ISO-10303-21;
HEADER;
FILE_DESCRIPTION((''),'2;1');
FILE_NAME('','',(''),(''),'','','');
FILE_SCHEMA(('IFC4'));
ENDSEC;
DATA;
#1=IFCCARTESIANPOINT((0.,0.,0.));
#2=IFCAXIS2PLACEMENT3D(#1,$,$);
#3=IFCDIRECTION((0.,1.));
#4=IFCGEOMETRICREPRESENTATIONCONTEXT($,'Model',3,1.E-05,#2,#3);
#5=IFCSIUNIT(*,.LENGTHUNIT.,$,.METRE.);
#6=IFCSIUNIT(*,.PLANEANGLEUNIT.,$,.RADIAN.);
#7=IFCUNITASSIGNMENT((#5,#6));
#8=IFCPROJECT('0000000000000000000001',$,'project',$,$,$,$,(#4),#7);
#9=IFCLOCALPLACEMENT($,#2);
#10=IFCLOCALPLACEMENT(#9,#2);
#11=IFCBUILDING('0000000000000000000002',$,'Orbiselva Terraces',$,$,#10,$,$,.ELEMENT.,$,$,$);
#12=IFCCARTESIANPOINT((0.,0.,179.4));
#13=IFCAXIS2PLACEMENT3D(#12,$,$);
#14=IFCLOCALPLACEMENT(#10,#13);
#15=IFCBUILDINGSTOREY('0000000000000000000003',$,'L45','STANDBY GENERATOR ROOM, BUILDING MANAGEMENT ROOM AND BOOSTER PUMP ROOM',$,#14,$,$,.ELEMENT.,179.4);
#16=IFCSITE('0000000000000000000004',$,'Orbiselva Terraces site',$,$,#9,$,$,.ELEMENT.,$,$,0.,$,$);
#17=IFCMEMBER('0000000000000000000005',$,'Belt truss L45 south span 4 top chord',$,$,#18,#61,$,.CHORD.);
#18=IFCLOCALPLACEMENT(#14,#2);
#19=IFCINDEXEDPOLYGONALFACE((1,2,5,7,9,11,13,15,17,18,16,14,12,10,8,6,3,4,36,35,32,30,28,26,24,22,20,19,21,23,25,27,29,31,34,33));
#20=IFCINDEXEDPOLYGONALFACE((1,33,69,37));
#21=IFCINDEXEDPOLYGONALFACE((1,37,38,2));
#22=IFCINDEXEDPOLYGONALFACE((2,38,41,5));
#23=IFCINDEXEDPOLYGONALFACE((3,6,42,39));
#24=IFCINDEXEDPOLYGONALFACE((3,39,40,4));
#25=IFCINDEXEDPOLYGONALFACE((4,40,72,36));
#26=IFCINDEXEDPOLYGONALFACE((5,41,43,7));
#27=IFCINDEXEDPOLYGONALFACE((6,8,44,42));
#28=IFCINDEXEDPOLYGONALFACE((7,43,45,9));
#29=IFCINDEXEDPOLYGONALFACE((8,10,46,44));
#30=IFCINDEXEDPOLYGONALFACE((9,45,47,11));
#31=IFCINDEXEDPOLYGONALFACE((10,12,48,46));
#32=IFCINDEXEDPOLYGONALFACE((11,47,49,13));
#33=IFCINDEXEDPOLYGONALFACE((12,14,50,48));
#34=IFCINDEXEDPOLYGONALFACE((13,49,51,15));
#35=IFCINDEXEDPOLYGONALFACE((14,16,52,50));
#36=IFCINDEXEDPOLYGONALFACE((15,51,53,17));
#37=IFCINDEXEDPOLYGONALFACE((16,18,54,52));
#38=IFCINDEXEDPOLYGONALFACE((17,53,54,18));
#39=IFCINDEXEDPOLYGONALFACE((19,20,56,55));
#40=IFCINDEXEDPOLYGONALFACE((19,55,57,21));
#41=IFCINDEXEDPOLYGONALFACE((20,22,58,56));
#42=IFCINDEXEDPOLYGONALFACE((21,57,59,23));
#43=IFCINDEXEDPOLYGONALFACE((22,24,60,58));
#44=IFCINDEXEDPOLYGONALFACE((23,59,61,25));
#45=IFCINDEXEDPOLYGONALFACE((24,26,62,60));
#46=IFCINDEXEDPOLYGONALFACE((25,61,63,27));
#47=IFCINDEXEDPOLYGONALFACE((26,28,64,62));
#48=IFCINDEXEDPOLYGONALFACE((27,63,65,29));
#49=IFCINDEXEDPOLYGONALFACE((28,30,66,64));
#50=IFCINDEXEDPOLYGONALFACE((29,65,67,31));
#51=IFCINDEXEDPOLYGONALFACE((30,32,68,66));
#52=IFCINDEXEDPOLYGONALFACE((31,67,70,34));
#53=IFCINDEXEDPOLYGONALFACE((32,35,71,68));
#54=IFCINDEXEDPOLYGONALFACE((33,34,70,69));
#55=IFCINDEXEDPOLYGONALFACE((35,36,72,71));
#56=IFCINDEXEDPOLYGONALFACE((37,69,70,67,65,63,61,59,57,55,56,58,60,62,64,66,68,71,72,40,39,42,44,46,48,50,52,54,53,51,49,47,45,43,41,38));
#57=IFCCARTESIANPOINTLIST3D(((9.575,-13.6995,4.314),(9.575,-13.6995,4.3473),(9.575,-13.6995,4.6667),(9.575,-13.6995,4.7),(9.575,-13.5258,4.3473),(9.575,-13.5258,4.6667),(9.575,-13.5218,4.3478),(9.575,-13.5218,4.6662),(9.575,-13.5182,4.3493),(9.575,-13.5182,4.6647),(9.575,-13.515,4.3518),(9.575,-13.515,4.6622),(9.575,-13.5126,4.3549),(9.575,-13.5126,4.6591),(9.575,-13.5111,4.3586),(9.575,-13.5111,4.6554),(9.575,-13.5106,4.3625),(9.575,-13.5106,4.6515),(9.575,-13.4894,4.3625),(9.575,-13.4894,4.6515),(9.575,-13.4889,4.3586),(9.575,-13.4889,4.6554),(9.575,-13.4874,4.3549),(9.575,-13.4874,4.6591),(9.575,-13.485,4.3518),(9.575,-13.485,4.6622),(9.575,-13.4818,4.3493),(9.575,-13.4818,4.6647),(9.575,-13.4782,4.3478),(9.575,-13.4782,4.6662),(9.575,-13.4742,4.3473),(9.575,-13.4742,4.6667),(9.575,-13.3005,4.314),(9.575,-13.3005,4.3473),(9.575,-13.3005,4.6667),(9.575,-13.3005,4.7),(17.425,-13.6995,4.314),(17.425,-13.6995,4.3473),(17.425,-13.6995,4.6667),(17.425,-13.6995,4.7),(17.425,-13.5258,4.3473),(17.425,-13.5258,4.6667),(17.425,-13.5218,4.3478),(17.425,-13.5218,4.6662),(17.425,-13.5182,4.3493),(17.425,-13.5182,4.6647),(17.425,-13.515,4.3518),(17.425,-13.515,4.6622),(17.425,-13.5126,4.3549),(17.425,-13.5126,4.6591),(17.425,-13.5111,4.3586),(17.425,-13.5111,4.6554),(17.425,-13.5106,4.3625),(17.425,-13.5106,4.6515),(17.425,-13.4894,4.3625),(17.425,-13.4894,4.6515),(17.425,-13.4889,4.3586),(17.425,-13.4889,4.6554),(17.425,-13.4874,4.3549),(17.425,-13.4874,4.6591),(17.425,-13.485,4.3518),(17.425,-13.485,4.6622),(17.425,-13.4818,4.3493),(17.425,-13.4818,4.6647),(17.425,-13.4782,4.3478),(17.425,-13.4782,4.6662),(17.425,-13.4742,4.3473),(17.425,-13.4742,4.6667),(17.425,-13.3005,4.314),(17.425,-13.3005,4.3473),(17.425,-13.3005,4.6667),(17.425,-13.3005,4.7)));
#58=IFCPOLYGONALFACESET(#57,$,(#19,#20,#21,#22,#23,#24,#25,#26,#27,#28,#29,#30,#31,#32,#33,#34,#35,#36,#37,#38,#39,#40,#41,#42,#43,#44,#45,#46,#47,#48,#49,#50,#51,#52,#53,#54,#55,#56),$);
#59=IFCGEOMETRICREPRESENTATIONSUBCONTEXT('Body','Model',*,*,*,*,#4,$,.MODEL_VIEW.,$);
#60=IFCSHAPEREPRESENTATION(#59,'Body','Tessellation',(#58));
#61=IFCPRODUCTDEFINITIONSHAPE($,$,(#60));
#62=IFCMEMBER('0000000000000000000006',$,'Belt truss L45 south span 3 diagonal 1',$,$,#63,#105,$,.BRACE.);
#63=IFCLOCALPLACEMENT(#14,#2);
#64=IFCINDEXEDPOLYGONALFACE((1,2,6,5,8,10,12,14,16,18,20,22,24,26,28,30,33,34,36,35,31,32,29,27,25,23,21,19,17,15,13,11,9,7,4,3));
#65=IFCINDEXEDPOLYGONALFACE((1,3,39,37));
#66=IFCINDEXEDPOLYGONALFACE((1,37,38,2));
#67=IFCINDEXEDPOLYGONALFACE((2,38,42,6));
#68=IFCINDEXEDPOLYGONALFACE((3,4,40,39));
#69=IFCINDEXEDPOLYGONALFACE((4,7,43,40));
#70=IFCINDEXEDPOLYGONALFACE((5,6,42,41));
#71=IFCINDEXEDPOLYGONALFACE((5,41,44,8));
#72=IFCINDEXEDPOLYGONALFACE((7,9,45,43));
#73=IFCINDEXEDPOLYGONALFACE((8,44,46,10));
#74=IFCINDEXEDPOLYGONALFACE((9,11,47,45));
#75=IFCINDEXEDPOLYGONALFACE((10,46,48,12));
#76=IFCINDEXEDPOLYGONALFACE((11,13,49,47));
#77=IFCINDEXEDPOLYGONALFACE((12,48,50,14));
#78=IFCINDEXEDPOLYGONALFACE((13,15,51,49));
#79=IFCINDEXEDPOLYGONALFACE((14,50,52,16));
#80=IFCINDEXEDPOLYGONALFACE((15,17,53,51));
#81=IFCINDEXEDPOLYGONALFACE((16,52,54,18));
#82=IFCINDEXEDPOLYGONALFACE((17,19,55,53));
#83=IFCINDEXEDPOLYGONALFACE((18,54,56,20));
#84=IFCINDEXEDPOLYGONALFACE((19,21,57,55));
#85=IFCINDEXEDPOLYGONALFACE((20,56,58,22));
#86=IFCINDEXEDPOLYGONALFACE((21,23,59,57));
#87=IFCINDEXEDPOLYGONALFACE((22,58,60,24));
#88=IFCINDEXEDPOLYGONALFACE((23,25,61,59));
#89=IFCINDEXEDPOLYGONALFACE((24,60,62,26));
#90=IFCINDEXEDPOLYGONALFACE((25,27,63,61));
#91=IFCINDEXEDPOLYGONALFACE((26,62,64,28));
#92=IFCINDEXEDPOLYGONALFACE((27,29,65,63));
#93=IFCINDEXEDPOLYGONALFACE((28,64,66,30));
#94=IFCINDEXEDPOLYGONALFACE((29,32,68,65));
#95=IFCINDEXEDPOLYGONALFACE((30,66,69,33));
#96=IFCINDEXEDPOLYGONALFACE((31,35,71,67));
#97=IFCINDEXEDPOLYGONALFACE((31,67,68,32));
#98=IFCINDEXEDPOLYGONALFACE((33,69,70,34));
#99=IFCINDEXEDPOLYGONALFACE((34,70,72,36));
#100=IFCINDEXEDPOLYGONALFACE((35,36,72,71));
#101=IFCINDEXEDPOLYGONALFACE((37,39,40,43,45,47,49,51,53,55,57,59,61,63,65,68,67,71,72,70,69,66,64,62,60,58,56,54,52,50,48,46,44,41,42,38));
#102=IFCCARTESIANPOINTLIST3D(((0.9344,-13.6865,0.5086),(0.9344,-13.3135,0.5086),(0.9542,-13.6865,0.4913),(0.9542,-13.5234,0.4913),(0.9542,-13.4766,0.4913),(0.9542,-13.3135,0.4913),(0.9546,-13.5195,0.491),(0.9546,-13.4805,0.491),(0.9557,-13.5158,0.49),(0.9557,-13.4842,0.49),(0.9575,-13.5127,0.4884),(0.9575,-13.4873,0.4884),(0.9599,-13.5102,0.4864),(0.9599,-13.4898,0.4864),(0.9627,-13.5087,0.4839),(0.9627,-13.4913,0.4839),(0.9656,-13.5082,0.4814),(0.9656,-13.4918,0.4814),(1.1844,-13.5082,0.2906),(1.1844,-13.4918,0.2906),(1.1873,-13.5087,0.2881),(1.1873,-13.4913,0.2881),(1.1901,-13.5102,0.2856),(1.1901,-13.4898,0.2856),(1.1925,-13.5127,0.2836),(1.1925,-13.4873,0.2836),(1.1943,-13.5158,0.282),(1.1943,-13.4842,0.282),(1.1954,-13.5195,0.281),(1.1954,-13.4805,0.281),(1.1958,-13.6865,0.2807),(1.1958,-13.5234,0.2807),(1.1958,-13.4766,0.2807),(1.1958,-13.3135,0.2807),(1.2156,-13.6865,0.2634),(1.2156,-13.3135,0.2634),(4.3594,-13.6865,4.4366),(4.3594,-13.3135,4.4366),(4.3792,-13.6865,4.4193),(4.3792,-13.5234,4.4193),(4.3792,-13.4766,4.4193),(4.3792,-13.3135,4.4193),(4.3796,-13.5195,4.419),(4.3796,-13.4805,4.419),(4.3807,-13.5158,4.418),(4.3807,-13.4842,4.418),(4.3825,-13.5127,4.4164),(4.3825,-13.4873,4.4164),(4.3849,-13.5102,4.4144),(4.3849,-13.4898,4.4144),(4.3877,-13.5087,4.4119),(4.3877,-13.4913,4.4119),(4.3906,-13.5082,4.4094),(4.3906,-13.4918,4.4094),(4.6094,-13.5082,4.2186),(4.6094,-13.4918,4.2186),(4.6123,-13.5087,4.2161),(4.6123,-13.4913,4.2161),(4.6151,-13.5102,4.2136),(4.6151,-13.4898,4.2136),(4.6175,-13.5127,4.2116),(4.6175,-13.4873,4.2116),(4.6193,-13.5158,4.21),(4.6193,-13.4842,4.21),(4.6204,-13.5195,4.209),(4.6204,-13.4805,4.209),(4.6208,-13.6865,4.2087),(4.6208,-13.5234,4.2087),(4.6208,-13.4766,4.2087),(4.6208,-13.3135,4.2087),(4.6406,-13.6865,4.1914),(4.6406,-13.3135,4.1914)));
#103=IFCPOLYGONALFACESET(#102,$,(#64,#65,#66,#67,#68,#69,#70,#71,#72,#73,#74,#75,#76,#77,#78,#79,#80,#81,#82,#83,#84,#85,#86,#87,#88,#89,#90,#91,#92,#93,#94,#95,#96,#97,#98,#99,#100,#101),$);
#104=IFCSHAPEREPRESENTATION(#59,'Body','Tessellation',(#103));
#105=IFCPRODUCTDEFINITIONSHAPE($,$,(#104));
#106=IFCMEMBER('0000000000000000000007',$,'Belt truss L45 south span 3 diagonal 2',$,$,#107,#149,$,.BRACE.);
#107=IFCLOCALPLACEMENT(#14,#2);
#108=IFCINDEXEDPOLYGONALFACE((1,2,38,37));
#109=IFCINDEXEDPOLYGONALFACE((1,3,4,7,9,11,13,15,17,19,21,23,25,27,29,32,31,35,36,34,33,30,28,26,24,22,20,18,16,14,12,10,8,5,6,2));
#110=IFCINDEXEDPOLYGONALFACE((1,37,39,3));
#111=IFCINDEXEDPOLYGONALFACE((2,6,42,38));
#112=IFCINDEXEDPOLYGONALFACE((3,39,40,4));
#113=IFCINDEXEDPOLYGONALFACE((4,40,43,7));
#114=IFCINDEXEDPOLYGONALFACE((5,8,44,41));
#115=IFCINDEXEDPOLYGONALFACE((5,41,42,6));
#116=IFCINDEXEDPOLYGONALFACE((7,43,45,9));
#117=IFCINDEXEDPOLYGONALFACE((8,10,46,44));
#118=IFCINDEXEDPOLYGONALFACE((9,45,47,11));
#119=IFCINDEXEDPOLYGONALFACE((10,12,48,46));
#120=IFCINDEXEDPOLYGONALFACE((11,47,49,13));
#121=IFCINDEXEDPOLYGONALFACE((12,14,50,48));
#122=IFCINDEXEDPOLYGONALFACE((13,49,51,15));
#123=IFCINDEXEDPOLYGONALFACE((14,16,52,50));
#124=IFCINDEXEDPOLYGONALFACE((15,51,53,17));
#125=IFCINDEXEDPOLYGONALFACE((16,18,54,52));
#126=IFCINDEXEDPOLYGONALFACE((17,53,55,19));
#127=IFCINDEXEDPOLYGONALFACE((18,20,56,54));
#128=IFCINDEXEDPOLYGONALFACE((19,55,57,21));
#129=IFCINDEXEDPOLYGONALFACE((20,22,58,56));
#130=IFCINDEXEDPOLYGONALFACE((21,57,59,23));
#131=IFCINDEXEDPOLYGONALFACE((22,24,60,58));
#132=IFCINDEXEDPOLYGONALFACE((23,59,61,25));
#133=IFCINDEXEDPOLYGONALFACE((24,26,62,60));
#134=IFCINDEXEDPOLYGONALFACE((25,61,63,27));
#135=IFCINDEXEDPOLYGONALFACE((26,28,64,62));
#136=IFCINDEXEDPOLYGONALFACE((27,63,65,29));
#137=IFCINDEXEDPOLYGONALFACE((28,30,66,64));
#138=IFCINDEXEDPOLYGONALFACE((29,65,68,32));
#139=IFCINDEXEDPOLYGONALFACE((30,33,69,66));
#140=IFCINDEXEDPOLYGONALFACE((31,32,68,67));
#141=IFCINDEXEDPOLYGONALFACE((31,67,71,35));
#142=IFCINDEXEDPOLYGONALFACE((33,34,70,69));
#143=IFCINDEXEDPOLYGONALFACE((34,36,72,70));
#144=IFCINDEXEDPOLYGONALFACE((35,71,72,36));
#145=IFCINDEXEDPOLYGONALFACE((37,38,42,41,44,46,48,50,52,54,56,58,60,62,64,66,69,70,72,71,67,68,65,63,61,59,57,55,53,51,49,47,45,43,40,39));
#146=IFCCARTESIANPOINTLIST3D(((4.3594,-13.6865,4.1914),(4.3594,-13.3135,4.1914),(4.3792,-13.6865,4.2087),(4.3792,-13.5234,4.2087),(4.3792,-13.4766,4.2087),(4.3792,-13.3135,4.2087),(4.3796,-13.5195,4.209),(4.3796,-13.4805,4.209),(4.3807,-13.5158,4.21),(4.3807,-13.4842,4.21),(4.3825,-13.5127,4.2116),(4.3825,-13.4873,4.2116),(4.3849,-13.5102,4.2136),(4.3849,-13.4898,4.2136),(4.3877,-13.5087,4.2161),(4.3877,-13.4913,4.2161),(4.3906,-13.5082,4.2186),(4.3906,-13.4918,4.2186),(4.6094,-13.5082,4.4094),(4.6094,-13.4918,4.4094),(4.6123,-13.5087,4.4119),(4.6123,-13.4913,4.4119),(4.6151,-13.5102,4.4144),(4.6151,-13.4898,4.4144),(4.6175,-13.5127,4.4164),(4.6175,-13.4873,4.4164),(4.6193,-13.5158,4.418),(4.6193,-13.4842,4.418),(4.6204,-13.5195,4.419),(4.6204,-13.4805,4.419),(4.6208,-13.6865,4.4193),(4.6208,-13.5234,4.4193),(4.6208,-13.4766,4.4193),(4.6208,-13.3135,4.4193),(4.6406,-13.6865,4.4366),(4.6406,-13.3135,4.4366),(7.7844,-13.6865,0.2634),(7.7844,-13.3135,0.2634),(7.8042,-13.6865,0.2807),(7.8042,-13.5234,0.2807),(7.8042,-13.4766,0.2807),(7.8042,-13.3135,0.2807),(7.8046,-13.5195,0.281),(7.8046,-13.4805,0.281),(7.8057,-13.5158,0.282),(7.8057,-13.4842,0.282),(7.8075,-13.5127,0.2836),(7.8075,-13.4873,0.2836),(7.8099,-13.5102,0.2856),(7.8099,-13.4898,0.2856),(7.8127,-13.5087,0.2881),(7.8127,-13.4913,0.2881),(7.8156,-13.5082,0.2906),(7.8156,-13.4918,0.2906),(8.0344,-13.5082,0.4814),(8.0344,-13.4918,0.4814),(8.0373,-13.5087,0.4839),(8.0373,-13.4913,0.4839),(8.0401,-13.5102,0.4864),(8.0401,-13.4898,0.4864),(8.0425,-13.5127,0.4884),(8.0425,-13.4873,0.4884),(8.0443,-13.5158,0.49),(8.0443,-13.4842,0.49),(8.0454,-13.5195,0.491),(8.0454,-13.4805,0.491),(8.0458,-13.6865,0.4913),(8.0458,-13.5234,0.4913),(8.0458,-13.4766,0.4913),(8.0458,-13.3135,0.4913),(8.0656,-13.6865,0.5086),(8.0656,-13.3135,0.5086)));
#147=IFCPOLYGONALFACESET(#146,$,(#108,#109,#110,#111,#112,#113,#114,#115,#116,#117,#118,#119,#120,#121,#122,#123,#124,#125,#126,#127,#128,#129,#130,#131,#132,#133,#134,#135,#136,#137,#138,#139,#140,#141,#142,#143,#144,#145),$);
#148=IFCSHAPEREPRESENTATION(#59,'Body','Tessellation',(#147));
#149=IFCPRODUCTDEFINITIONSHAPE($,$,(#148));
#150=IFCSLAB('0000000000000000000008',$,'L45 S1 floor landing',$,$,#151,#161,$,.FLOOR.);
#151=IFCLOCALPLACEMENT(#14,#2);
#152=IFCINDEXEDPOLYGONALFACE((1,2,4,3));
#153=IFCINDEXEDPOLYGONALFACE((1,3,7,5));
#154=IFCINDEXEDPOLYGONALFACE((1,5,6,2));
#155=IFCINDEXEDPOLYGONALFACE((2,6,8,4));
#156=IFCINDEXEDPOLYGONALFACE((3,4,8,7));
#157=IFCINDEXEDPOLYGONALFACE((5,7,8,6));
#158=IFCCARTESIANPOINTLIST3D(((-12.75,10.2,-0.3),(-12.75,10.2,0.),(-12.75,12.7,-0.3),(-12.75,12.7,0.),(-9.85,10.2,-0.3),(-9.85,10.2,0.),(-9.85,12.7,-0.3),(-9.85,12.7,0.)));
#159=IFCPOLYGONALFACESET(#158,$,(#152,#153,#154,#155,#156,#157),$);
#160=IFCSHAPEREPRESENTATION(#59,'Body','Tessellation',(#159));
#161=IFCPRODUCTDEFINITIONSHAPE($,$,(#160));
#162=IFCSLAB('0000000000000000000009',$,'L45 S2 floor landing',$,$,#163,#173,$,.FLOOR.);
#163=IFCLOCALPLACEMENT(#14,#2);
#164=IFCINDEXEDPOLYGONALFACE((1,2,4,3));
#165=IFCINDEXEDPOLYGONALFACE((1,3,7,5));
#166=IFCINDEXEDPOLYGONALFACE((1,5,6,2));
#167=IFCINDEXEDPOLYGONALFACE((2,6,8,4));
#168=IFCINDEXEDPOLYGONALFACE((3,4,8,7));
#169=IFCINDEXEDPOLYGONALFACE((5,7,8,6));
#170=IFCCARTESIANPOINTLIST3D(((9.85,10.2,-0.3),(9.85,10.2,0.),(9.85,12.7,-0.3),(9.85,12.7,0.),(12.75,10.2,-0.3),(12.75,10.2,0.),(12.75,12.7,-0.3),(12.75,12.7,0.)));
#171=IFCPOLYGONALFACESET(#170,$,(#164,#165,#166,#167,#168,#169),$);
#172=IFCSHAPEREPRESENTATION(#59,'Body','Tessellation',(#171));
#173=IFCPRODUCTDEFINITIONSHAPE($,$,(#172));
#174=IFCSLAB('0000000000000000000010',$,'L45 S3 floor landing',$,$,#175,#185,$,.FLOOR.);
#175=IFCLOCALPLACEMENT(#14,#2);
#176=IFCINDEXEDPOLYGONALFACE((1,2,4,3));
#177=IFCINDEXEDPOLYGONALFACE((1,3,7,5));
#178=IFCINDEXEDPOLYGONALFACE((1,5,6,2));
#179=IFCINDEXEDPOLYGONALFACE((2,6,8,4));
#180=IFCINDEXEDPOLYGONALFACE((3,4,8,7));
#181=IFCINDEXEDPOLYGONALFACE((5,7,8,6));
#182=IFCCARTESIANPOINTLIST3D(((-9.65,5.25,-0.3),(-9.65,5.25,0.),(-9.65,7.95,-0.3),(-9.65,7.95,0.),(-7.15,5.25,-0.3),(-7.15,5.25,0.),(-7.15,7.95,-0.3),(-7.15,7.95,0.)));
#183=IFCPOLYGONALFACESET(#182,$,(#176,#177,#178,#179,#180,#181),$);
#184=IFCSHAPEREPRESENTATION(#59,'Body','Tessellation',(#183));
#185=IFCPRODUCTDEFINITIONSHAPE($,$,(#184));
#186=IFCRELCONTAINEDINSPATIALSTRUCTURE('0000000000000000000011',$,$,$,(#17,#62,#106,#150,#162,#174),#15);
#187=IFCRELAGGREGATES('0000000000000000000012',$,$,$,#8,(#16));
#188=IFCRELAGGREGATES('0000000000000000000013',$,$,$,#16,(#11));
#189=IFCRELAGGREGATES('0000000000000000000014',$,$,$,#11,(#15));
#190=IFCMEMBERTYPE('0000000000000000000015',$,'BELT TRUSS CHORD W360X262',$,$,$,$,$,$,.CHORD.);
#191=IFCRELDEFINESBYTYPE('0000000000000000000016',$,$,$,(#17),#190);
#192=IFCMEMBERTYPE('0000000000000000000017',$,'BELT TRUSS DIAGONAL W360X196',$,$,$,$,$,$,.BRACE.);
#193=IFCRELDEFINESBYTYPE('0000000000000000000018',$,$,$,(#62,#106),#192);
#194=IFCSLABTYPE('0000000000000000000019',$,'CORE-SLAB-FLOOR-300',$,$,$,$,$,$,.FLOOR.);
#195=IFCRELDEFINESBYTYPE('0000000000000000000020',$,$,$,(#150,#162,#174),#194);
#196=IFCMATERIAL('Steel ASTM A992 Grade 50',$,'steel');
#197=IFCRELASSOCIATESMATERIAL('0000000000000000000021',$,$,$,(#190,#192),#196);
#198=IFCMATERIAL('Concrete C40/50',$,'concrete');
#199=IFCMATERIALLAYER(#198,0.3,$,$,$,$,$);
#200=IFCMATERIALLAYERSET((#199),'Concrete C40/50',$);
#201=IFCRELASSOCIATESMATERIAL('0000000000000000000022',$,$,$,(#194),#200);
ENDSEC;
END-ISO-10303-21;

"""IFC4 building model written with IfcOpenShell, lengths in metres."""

from ifc_helpers import new_model, si_unit, direction, frame, origin, origin_2d, place, context, subcontext, project, spatial, polyline, i_section, outline, extrude, material, layer, layer_set, material_profile, profile_set, type_object, element, save


model = new_model("IFC4")

# Units and contexts
model_context = context("Model", 3, precision=1e-05, world=origin(), true_north=direction((0.0, 1.0)))
body_context = subcontext(model_context, "Body", "Model", "MODEL_VIEW")
ifc_project = project(units=[si_unit("LENGTHUNIT", "METRE"), si_unit("PLANEANGLEUNIT", "RADIAN")], contexts=[model_context])

# Site, building, storey
site_placement = place(None, origin())
site = spatial("IfcSite", under=ifc_project, at=site_placement, Name="Orbiselva Terraces site", CompositionType="ELEMENT", RefElevation=0.0)
building_placement = place(site_placement, origin())
building = spatial("IfcBuilding", under=site, at=building_placement, Name="Orbiselva Terraces", CompositionType="ELEMENT")
storey_placement = place(building_placement, frame((0.0, 0.0, 179.4)))
storey = spatial("IfcBuildingStorey", under=building, at=storey_placement, Name="L45", Description="STANDBY GENERATOR ROOM, BUILDING MANAGEMENT ROOM AND BOOSTER PUMP ROOM", CompositionType="ELEMENT", Elevation=179.4)

# Members
ifc_material_1 = material(Name="Steel ASTM A992 Grade 50", Category="steel")
ifc_material_profile_1 = material_profile(ifc_material_1, i_section(OverallWidth=0.399, OverallDepth=0.386, WebThickness=0.0211, FlangeThickness=0.0333, FilletRadius=0.0152, at=origin_2d()), Name="W360X262")
ifc_profile_set_1 = profile_set([ifc_material_profile_1], Name="Steel ASTM A992 Grade 50")
member_type_1 = type_object("IfcMemberType", Name="BELT TRUSS CHORD W360X262", PredefinedType="CHORD", material=ifc_profile_set_1)
for number, where, z_axis, x_axis, name in (
    (1, (9.575, -13.5, 4.507), (1.0, 0.0, 0.0), (0.0, 1.0, 0.0), "Belt truss L45 south span 4 top chord"),
):
    element("IfcMember", number, at=place(storey_placement, frame(where, z_axis=z_axis, x_axis=x_axis)), inside=storey, type_object=member_type_1, Name=name, PredefinedType="CHORD", context=body_context, shape_type="SweptSolid", body=[
        extrude(i_section(OverallWidth=0.399, OverallDepth=0.386, WebThickness=0.0211, FlangeThickness=0.0333, FilletRadius=0.0152, at=origin_2d()), origin(), (0.0, 0.0, 1.0), 7.85),
    ])
ifc_material_profile_2 = material_profile(ifc_material_1, i_section(OverallWidth=0.373, OverallDepth=0.373, WebThickness=0.0164, FlangeThickness=0.0262, FilletRadius=0.0152, at=origin_2d()), Name="W360X196")
ifc_profile_set_2 = profile_set([ifc_material_profile_2], Name="Steel ASTM A992 Grade 50")
member_type_2 = type_object("IfcMemberType", Name="BELT TRUSS DIAGONAL W360X196", PredefinedType="BRACE", material=ifc_profile_set_2)
for number, where, z_axis, x_axis, name in (
    (2, (1.075, -13.5, 0.386), (0.657199, 0.0, 0.753717), (0.0, 1.0, 0.0), "Belt truss L45 south span 3 diagonal 1"),
    (3, (4.5, -13.5, 4.314), (0.657199, 0.0, -0.753717), (0.0, 1.0, 0.0), "Belt truss L45 south span 3 diagonal 2"),
):
    element("IfcMember", number, at=place(storey_placement, frame(where, z_axis=z_axis, x_axis=x_axis)), inside=storey, type_object=member_type_2, Name=name, PredefinedType="BRACE", context=body_context, shape_type="SweptSolid", body=[
        extrude(i_section(OverallWidth=0.373, OverallDepth=0.373, WebThickness=0.0164, FlangeThickness=0.0262, FilletRadius=0.0152, at=origin_2d()), origin(), (0.0, 0.0, 1.0), 5.2115),
    ])

# Slabs
ifc_material_2 = material(Name="Concrete C40/50", Category="concrete")
ifc_layer_1 = layer(ifc_material_2, 0.3)
ifc_layer_set_1 = layer_set([ifc_layer_1], Name="Concrete C40/50")
slab_type_1 = type_object("IfcSlabType", Name="CORE-SLAB-FLOOR-300", PredefinedType="FLOOR", material=ifc_layer_set_1)
slab_1_placement = place(storey_placement, frame((0.0, 0.0, -0.3)))
element("IfcSlab", 4, at=slab_1_placement, inside=storey, type_object=slab_type_1, Name="L45 S1 floor landing", PredefinedType="FLOOR", context=body_context, shape_type="SweptSolid", body=[
    extrude(outline(polyline([(-12.75, 12.7), (-9.85, 12.7), (-9.85, 10.2), (-12.75, 10.2), (-12.75, 12.7)])), origin(), (0.0, 0.0, 1.0), 0.3),
])
slab_2_placement = place(storey_placement, frame((0.0, 0.0, -0.3)))
element("IfcSlab", 5, at=slab_2_placement, inside=storey, type_object=slab_type_1, Name="L45 S2 floor landing", PredefinedType="FLOOR", context=body_context, shape_type="SweptSolid", body=[
    extrude(outline(polyline([(12.75, 12.7), (12.75, 10.2), (9.85, 10.2), (9.85, 12.7), (12.75, 12.7)])), origin(), (0.0, 0.0, 1.0), 0.3),
])
slab_3_placement = place(storey_placement, frame((0.0, 0.0, -0.3)))
element("IfcSlab", 6, at=slab_3_placement, inside=storey, type_object=slab_type_1, Name="L45 S3 floor landing", PredefinedType="FLOOR", context=body_context, shape_type="SweptSolid", body=[
    extrude(outline(polyline([(-7.15, 5.25), (-9.65, 5.25), (-9.65, 7.95), (-7.15, 7.95), (-7.15, 5.25)])), origin(), (0.0, 0.0, 1.0), 0.3),
])

save(model, "model.ifc")
